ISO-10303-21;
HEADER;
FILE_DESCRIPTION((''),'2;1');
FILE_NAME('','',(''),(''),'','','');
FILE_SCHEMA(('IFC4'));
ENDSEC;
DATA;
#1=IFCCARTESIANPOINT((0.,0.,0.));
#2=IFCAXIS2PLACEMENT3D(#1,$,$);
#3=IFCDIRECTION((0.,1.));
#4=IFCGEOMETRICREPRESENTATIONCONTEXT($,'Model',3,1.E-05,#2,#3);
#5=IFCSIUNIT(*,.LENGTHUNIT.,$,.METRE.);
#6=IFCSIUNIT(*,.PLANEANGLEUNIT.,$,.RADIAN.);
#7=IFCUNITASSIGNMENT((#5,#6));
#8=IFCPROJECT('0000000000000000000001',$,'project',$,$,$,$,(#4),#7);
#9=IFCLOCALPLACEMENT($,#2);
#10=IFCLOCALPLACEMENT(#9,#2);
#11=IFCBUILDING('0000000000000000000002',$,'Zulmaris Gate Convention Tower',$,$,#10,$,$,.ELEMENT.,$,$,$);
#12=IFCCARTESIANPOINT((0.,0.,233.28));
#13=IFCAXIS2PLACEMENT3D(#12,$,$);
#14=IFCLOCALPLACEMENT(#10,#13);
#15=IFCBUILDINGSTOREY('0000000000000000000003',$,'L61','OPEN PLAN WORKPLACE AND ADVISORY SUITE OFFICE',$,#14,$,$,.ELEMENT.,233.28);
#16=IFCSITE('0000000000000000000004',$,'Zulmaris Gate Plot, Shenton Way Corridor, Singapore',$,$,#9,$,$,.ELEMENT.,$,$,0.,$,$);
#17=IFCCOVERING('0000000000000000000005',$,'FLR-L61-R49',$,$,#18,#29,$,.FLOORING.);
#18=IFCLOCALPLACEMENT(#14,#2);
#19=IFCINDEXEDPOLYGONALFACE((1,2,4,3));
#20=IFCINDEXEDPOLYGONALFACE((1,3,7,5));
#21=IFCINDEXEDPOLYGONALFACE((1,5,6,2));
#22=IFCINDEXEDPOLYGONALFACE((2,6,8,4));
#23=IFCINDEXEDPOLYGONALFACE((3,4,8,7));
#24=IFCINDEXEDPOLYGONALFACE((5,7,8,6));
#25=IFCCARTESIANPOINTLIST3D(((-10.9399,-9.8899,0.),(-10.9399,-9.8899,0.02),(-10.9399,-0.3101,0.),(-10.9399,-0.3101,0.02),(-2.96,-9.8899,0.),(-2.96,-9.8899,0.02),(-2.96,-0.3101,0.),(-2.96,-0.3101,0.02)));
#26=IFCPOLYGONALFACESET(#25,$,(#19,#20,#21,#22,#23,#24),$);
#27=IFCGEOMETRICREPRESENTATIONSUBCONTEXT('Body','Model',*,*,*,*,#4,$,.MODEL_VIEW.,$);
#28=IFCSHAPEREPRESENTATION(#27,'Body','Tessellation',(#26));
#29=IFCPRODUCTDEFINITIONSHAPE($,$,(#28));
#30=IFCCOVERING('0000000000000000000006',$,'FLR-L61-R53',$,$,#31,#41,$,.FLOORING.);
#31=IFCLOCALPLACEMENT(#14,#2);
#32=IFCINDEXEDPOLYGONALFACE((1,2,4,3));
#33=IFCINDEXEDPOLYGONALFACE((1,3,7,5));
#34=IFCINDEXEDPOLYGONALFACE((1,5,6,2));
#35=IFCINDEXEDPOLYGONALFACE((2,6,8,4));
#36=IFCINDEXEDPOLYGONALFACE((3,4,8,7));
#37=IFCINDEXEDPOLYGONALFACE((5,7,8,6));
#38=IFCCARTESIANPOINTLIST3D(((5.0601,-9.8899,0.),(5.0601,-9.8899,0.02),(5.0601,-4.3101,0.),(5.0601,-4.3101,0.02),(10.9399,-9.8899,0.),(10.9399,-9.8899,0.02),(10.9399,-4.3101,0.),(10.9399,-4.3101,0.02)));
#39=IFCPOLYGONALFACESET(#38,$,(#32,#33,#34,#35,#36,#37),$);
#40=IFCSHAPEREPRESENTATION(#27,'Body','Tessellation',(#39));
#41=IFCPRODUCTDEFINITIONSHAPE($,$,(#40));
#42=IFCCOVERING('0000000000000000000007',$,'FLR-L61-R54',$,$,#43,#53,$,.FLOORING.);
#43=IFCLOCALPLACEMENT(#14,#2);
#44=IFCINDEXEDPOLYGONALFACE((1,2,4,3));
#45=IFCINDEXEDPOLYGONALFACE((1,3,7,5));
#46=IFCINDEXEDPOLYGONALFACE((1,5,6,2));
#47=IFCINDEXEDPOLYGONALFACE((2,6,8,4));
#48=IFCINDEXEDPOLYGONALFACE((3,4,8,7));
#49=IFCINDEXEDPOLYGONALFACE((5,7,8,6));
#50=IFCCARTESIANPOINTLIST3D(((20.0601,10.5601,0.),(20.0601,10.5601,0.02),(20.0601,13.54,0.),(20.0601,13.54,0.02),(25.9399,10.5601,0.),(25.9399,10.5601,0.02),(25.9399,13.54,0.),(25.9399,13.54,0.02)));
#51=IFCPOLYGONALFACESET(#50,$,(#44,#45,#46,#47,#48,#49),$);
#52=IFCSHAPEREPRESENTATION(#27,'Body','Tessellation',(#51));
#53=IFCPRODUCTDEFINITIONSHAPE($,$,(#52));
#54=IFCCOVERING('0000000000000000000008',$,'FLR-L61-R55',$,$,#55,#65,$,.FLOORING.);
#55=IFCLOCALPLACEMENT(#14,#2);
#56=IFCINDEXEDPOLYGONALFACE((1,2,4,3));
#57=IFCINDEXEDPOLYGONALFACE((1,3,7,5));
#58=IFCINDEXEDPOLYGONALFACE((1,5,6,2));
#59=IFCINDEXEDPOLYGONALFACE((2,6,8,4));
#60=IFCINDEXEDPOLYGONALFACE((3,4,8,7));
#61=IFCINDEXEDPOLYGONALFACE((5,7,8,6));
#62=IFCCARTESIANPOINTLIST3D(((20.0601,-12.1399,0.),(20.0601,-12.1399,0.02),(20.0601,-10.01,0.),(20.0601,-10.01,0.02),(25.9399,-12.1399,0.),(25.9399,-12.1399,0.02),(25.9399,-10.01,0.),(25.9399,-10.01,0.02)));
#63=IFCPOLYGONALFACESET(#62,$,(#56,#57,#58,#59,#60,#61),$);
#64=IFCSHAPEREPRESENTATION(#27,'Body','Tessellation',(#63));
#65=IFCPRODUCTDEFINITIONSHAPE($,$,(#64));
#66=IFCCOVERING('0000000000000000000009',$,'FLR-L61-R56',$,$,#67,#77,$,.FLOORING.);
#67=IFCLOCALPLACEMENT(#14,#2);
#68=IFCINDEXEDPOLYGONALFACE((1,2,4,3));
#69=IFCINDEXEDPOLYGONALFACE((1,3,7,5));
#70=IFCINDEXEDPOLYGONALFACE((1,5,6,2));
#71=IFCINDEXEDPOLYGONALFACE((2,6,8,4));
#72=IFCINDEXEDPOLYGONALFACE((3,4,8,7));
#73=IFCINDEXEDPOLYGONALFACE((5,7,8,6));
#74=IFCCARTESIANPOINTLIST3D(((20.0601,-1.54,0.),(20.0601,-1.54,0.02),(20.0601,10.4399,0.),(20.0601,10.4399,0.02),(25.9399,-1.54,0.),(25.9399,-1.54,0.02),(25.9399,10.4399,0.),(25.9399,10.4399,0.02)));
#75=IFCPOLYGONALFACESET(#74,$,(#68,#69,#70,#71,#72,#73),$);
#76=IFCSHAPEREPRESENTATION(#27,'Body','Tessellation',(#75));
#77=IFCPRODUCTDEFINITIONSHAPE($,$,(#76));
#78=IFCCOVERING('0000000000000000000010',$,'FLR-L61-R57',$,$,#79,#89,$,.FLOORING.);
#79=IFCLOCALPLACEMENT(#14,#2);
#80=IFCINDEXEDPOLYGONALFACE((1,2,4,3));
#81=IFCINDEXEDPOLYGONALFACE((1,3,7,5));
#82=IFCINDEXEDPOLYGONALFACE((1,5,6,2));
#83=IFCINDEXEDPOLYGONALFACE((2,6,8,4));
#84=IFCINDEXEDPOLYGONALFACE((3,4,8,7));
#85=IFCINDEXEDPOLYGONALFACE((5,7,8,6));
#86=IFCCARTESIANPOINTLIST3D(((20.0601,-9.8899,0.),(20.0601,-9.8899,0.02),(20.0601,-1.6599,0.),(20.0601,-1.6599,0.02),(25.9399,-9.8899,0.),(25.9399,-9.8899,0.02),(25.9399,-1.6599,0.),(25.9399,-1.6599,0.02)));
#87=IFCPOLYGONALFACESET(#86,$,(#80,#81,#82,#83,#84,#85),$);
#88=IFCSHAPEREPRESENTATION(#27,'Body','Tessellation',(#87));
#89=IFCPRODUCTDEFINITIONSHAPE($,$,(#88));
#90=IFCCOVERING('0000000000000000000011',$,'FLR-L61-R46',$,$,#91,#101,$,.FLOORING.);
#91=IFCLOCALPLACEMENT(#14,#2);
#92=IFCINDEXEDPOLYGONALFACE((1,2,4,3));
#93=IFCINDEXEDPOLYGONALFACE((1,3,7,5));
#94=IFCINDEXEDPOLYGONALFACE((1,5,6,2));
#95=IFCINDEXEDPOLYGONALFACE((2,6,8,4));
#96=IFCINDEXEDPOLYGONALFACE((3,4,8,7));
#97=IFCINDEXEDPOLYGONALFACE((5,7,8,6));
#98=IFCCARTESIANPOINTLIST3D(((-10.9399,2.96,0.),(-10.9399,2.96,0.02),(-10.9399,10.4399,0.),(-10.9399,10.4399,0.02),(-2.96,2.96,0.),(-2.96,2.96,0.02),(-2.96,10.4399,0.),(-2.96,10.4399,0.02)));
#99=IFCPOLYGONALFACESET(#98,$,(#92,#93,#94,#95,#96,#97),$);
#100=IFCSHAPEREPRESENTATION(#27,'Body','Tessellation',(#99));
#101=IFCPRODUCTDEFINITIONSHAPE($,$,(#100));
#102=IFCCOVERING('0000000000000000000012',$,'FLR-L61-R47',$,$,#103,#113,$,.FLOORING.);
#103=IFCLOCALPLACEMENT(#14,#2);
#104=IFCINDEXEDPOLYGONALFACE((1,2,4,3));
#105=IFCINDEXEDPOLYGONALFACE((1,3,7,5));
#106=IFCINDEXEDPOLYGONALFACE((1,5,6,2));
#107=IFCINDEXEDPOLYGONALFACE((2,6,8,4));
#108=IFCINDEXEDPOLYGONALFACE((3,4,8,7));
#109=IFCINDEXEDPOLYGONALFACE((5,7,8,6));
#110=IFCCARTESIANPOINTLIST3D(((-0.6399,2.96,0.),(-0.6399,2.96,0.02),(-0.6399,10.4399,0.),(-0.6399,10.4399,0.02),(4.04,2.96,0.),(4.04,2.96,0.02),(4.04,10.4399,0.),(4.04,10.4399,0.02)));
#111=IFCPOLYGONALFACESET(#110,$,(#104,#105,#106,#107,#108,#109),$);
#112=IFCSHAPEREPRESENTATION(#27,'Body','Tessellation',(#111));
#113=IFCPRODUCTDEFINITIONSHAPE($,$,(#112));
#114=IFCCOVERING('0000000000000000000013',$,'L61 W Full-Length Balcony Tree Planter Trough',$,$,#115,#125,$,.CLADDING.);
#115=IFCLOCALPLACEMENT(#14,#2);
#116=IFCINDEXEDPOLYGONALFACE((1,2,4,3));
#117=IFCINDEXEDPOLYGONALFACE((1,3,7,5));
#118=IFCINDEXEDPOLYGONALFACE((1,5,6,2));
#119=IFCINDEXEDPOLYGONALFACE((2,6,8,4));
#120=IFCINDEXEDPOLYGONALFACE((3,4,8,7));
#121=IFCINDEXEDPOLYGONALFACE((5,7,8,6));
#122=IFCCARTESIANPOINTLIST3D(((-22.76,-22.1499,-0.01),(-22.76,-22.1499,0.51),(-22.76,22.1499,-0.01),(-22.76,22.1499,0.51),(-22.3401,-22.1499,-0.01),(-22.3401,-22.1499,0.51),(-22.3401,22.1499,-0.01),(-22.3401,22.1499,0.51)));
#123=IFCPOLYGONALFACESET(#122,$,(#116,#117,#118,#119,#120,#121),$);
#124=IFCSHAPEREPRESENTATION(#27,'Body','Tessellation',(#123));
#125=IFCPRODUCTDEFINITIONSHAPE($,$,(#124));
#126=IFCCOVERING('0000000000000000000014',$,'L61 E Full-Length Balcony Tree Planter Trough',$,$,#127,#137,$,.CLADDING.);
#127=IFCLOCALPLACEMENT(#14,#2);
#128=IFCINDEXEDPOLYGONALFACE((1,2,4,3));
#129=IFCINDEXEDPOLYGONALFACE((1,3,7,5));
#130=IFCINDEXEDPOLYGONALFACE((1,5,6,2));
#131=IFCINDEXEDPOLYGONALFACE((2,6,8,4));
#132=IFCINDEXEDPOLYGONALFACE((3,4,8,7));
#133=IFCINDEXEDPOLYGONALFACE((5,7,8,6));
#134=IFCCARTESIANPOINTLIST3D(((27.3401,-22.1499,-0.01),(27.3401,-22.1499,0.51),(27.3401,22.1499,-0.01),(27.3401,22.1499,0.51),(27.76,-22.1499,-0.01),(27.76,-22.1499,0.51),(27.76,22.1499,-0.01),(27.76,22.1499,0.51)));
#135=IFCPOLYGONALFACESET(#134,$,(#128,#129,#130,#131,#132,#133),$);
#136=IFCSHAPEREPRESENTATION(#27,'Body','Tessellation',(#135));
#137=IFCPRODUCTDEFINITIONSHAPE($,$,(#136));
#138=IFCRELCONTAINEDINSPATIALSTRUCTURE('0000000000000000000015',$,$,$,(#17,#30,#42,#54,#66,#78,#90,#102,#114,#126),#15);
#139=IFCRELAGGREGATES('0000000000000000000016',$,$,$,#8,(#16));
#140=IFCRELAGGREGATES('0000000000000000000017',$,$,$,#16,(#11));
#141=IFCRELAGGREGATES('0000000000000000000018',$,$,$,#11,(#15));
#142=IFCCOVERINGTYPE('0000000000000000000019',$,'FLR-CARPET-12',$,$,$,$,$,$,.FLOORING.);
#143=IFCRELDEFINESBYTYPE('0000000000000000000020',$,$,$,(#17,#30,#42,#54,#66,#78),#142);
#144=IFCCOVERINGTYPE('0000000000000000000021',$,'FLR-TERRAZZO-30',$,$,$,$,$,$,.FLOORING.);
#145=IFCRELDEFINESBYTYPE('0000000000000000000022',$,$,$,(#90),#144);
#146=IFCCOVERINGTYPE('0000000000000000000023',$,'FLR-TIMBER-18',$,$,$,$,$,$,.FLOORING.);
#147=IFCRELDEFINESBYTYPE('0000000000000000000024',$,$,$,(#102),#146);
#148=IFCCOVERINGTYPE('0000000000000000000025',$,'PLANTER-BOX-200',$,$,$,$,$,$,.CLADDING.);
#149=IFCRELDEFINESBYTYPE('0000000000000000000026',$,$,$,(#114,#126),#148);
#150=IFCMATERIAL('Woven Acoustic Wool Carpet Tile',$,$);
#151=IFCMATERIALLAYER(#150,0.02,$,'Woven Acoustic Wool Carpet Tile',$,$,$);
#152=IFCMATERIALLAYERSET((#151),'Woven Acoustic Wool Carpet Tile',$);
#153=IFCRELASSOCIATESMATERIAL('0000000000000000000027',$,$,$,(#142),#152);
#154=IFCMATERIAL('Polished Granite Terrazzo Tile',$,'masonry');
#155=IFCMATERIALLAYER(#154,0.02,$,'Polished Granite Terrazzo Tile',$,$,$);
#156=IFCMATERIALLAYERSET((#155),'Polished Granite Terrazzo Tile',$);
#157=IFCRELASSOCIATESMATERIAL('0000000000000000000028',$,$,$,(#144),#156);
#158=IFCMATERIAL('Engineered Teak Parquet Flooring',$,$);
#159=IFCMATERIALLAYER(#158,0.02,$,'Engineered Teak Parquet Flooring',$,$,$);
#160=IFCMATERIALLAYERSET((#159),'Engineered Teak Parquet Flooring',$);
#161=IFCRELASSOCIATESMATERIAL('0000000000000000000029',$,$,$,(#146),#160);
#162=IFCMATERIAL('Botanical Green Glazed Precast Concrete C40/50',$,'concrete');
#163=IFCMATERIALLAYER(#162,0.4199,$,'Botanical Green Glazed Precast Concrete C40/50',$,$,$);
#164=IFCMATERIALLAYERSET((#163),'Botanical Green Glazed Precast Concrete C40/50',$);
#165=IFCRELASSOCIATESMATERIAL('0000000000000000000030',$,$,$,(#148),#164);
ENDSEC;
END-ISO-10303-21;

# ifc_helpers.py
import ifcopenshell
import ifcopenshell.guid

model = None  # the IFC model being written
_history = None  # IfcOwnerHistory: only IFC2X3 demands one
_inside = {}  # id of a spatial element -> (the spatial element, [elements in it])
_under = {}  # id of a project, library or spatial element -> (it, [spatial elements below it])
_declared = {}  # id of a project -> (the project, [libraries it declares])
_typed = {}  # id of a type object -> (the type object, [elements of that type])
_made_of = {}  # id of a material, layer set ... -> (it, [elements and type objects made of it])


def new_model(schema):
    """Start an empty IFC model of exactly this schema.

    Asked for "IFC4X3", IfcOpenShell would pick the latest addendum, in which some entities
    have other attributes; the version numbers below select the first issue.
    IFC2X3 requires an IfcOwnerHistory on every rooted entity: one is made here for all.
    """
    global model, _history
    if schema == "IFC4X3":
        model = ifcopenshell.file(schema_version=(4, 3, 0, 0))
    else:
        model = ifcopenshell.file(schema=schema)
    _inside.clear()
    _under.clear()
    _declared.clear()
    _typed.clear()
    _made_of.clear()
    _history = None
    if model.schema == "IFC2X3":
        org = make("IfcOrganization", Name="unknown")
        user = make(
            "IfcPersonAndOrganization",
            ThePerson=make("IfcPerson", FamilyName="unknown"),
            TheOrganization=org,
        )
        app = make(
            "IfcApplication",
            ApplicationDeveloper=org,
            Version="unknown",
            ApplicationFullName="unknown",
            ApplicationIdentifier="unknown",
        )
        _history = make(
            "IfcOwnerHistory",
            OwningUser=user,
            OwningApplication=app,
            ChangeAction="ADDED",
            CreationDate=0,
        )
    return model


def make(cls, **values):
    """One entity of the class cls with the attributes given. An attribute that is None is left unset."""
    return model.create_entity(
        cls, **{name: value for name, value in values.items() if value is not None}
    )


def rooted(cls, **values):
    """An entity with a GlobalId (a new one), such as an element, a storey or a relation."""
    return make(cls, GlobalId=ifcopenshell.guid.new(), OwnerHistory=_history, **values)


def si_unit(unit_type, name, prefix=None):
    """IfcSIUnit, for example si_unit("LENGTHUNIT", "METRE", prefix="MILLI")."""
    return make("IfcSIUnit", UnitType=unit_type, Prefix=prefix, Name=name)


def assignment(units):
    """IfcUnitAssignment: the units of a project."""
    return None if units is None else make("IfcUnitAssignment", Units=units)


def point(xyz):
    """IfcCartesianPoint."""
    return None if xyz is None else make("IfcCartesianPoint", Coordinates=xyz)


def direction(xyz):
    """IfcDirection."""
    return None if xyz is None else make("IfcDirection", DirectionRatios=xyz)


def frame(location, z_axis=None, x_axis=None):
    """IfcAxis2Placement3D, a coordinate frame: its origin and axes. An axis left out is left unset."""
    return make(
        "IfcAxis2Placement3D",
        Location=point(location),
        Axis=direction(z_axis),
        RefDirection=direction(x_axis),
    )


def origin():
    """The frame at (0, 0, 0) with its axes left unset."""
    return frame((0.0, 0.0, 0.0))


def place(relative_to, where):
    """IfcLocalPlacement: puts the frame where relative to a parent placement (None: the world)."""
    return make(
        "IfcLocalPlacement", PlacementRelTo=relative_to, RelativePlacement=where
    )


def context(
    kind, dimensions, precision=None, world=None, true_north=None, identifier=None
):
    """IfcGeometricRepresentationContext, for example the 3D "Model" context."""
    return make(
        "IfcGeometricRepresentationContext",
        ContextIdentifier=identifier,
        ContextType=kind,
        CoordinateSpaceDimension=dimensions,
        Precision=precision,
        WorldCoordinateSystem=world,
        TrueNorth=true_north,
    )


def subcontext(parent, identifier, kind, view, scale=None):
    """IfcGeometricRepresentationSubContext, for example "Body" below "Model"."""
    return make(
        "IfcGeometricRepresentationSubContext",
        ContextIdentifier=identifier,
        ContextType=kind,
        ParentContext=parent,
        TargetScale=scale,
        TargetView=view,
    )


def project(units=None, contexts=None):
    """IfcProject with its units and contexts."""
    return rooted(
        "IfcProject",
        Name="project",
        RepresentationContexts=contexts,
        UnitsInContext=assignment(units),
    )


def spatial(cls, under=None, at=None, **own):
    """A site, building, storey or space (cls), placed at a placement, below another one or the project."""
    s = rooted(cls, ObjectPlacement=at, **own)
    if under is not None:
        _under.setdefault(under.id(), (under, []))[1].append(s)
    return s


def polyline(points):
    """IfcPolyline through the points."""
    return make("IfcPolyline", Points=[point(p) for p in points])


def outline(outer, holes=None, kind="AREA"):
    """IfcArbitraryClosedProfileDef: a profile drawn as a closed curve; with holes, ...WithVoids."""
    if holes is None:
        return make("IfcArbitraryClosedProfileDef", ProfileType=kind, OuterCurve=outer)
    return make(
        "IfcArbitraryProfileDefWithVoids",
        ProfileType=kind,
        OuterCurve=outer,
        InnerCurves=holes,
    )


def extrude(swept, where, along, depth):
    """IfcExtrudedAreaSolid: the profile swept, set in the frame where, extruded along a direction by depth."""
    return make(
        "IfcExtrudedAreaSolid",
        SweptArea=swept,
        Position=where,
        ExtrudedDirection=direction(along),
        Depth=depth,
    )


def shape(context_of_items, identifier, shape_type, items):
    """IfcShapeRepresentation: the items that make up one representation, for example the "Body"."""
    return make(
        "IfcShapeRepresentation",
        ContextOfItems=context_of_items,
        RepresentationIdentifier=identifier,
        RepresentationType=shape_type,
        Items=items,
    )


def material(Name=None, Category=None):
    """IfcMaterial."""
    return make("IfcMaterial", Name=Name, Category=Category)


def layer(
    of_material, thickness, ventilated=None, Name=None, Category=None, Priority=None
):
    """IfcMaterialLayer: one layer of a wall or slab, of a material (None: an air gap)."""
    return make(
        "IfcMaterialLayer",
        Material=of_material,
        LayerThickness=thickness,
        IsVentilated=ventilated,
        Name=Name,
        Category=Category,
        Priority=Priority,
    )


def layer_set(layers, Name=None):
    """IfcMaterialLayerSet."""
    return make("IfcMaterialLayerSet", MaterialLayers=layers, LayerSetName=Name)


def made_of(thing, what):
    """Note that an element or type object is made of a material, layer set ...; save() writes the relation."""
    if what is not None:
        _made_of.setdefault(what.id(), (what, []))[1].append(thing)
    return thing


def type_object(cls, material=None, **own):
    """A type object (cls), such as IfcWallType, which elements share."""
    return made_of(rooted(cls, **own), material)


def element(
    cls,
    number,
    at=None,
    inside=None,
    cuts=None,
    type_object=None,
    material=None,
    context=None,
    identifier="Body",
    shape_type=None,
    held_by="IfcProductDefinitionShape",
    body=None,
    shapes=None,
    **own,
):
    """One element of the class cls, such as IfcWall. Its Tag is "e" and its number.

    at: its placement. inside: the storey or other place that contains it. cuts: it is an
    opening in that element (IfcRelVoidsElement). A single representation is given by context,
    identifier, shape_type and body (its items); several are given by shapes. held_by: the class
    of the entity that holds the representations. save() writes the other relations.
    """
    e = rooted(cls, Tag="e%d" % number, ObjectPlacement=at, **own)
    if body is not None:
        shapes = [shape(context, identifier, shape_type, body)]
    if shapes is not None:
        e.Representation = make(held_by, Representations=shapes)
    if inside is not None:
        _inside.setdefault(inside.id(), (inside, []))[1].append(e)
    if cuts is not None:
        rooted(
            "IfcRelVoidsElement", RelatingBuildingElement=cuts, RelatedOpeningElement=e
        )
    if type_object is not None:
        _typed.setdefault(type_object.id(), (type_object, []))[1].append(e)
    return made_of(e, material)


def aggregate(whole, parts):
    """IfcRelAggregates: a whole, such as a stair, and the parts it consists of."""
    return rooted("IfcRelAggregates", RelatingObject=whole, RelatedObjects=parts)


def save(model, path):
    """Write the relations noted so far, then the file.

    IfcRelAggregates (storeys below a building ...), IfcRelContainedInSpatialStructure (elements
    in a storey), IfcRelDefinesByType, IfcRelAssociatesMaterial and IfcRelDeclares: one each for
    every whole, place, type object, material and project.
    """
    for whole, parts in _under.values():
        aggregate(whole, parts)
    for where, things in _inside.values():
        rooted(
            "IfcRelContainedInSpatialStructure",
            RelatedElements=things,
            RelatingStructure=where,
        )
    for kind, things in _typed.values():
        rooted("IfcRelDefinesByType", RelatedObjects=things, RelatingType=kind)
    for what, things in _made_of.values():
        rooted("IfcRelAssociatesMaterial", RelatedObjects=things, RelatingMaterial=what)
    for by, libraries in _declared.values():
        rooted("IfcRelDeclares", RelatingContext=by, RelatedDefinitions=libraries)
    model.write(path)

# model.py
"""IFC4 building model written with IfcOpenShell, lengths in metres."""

from ifc_helpers import new_model, si_unit, direction, frame, origin, place, context, subcontext, project, spatial, polyline, outline, extrude, material, layer, layer_set, type_object, element, save


model = new_model("IFC4")

# Units and contexts
model_context = context("Model", 3, precision=1e-05, world=origin(), true_north=direction((0.0, 1.0)))
body_context = subcontext(model_context, "Body", "Model", "MODEL_VIEW")
ifc_project = project(units=[si_unit("LENGTHUNIT", "METRE"), si_unit("PLANEANGLEUNIT", "RADIAN")], contexts=[model_context])

# Site, building, storey
site_placement = place(None, origin())
site = spatial("IfcSite", under=ifc_project, at=site_placement, Name="Zulmaris Gate Plot, Shenton Way Corridor, Singapore", CompositionType="ELEMENT", RefElevation=0.0)
building_placement = place(site_placement, origin())
building = spatial("IfcBuilding", under=site, at=building_placement, Name="Zulmaris Gate Convention Tower", CompositionType="ELEMENT")
storey_placement = place(building_placement, frame((0.0, 0.0, 233.28)))
storey = spatial("IfcBuildingStorey", under=building, at=storey_placement, Name="L61", Description="OPEN PLAN WORKPLACE AND ADVISORY SUITE OFFICE", CompositionType="ELEMENT", Elevation=233.28)

# Coverings
ifc_material_1 = material(Name="Woven Acoustic Wool Carpet Tile")
ifc_layer_1 = layer(ifc_material_1, 0.02, Name="Woven Acoustic Wool Carpet Tile")
ifc_layer_set_1 = layer_set([ifc_layer_1], Name="Woven Acoustic Wool Carpet Tile")
covering_type_1 = type_object("IfcCoveringType", Name="FLR-CARPET-12", PredefinedType="FLOORING", material=ifc_layer_set_1)
covering_1_placement = place(storey_placement, origin())
element("IfcCovering", 1, at=covering_1_placement, inside=storey, type_object=covering_type_1, Name="FLR-L61-R49", PredefinedType="FLOORING", context=body_context, shape_type="SweptSolid", body=[
    extrude(outline(polyline([(-10.9399, -9.8899), (-2.96, -9.8899), (-2.96, -0.3101), (-10.9399, -0.3101), (-10.9399, -9.8899)])), origin(), (0.0, 0.0, 1.0), 0.02),
])
covering_2_placement = place(storey_placement, origin())
element("IfcCovering", 2, at=covering_2_placement, inside=storey, type_object=covering_type_1, Name="FLR-L61-R53", PredefinedType="FLOORING", context=body_context, shape_type="SweptSolid", body=[
    extrude(outline(polyline([(5.0601, -9.8899), (10.9399, -9.8899), (10.9399, -4.3101), (5.0601, -4.3101), (5.0601, -9.8899)])), origin(), (0.0, 0.0, 1.0), 0.02),
])
covering_3_placement = place(storey_placement, origin())
element("IfcCovering", 3, at=covering_3_placement, inside=storey, type_object=covering_type_1, Name="FLR-L61-R54", PredefinedType="FLOORING", context=body_context, shape_type="SweptSolid", body=[
    extrude(outline(polyline([(20.0601, 10.5601), (25.9399, 10.5601), (25.9399, 13.54), (20.0601, 13.54), (20.0601, 10.5601)])), origin(), (0.0, 0.0, 1.0), 0.02),
])
covering_4_placement = place(storey_placement, origin())
element("IfcCovering", 4, at=covering_4_placement, inside=storey, type_object=covering_type_1, Name="FLR-L61-R55", PredefinedType="FLOORING", context=body_context, shape_type="SweptSolid", body=[
    extrude(outline(polyline([(20.0601, -12.1399), (25.9399, -12.1399), (25.9399, -10.01), (20.0601, -10.01), (20.0601, -12.1399)])), origin(), (0.0, 0.0, 1.0), 0.02),
])
covering_5_placement = place(storey_placement, origin())
element("IfcCovering", 5, at=covering_5_placement, inside=storey, type_object=covering_type_1, Name="FLR-L61-R56", PredefinedType="FLOORING", context=body_context, shape_type="SweptSolid", body=[
    extrude(outline(polyline([(20.0601, -1.54), (25.9399, -1.54), (25.9399, 10.4399), (20.0601, 10.4399), (20.0601, -1.54)])), origin(), (0.0, 0.0, 1.0), 0.02),
])
covering_6_placement = place(storey_placement, origin())
element("IfcCovering", 6, at=covering_6_placement, inside=storey, type_object=covering_type_1, Name="FLR-L61-R57", PredefinedType="FLOORING", context=body_context, shape_type="SweptSolid", body=[
    extrude(outline(polyline([(20.0601, -9.8899), (25.9399, -9.8899), (25.9399, -1.6599), (20.0601, -1.6599), (20.0601, -9.8899)])), origin(), (0.0, 0.0, 1.0), 0.02),
])
ifc_material_2 = material(Name="Polished Granite Terrazzo Tile", Category="masonry")
ifc_layer_2 = layer(ifc_material_2, 0.02, Name="Polished Granite Terrazzo Tile")
ifc_layer_set_2 = layer_set([ifc_layer_2], Name="Polished Granite Terrazzo Tile")
covering_type_2 = type_object("IfcCoveringType", Name="FLR-TERRAZZO-30", PredefinedType="FLOORING", material=ifc_layer_set_2)
covering_7_placement = place(storey_placement, origin())
element("IfcCovering", 7, at=covering_7_placement, inside=storey, type_object=covering_type_2, Name="FLR-L61-R46", PredefinedType="FLOORING", context=body_context, shape_type="SweptSolid", body=[
    extrude(outline(polyline([(-10.9399, 2.96), (-2.96, 2.96), (-2.96, 10.4399), (-10.9399, 10.4399), (-10.9399, 2.96)])), origin(), (0.0, 0.0, 1.0), 0.02),
])
ifc_material_3 = material(Name="Engineered Teak Parquet Flooring")
ifc_layer_3 = layer(ifc_material_3, 0.02, Name="Engineered Teak Parquet Flooring")
ifc_layer_set_3 = layer_set([ifc_layer_3], Name="Engineered Teak Parquet Flooring")
covering_type_3 = type_object("IfcCoveringType", Name="FLR-TIMBER-18", PredefinedType="FLOORING", material=ifc_layer_set_3)
covering_8_placement = place(storey_placement, origin())
element("IfcCovering", 8, at=covering_8_placement, inside=storey, type_object=covering_type_3, Name="FLR-L61-R47", PredefinedType="FLOORING", context=body_context, shape_type="SweptSolid", body=[
    extrude(outline(polyline([(-0.6399, 2.96), (4.04, 2.96), (4.04, 10.4399), (-0.6399, 10.4399), (-0.6399, 2.96)])), origin(), (0.0, 0.0, 1.0), 0.02),
])
ifc_material_4 = material(Name="Botanical Green Glazed Precast Concrete C40/50", Category="concrete")
ifc_layer_4 = layer(ifc_material_4, 0.4199, Name="Botanical Green Glazed Precast Concrete C40/50")
ifc_layer_set_4 = layer_set([ifc_layer_4], Name="Botanical Green Glazed Precast Concrete C40/50")
covering_type_4 = type_object("IfcCoveringType", Name="PLANTER-BOX-200", PredefinedType="CLADDING", material=ifc_layer_set_4)
covering_9_placement = place(storey_placement, frame((0.0, 0.0, -0.01)))
element("IfcCovering", 9, at=covering_9_placement, inside=storey, type_object=covering_type_4, Name="L61 W Full-Length Balcony Tree Planter Trough", PredefinedType="CLADDING", context=body_context, shape_type="SweptSolid", body=[
    extrude(outline(polyline([(-22.76, -22.1499), (-22.3401, -22.1499), (-22.3401, 22.1499), (-22.76, 22.1499), (-22.76, -22.1499)])), origin(), (0.0, 0.0, 1.0), 0.52),
])
covering_10_placement = place(storey_placement, frame((0.0, 0.0, -0.01)))
element("IfcCovering", 10, at=covering_10_placement, inside=storey, type_object=covering_type_4, Name="L61 E Full-Length Balcony Tree Planter Trough", PredefinedType="CLADDING", context=body_context, shape_type="SweptSolid", body=[
    extrude(outline(polyline([(27.3401, -22.1499), (27.76, -22.1499), (27.76, 22.1499), (27.3401, 22.1499), (27.3401, -22.1499)])), origin(), (0.0, 0.0, 1.0), 0.52),
])

save(model, "model.ifc")
